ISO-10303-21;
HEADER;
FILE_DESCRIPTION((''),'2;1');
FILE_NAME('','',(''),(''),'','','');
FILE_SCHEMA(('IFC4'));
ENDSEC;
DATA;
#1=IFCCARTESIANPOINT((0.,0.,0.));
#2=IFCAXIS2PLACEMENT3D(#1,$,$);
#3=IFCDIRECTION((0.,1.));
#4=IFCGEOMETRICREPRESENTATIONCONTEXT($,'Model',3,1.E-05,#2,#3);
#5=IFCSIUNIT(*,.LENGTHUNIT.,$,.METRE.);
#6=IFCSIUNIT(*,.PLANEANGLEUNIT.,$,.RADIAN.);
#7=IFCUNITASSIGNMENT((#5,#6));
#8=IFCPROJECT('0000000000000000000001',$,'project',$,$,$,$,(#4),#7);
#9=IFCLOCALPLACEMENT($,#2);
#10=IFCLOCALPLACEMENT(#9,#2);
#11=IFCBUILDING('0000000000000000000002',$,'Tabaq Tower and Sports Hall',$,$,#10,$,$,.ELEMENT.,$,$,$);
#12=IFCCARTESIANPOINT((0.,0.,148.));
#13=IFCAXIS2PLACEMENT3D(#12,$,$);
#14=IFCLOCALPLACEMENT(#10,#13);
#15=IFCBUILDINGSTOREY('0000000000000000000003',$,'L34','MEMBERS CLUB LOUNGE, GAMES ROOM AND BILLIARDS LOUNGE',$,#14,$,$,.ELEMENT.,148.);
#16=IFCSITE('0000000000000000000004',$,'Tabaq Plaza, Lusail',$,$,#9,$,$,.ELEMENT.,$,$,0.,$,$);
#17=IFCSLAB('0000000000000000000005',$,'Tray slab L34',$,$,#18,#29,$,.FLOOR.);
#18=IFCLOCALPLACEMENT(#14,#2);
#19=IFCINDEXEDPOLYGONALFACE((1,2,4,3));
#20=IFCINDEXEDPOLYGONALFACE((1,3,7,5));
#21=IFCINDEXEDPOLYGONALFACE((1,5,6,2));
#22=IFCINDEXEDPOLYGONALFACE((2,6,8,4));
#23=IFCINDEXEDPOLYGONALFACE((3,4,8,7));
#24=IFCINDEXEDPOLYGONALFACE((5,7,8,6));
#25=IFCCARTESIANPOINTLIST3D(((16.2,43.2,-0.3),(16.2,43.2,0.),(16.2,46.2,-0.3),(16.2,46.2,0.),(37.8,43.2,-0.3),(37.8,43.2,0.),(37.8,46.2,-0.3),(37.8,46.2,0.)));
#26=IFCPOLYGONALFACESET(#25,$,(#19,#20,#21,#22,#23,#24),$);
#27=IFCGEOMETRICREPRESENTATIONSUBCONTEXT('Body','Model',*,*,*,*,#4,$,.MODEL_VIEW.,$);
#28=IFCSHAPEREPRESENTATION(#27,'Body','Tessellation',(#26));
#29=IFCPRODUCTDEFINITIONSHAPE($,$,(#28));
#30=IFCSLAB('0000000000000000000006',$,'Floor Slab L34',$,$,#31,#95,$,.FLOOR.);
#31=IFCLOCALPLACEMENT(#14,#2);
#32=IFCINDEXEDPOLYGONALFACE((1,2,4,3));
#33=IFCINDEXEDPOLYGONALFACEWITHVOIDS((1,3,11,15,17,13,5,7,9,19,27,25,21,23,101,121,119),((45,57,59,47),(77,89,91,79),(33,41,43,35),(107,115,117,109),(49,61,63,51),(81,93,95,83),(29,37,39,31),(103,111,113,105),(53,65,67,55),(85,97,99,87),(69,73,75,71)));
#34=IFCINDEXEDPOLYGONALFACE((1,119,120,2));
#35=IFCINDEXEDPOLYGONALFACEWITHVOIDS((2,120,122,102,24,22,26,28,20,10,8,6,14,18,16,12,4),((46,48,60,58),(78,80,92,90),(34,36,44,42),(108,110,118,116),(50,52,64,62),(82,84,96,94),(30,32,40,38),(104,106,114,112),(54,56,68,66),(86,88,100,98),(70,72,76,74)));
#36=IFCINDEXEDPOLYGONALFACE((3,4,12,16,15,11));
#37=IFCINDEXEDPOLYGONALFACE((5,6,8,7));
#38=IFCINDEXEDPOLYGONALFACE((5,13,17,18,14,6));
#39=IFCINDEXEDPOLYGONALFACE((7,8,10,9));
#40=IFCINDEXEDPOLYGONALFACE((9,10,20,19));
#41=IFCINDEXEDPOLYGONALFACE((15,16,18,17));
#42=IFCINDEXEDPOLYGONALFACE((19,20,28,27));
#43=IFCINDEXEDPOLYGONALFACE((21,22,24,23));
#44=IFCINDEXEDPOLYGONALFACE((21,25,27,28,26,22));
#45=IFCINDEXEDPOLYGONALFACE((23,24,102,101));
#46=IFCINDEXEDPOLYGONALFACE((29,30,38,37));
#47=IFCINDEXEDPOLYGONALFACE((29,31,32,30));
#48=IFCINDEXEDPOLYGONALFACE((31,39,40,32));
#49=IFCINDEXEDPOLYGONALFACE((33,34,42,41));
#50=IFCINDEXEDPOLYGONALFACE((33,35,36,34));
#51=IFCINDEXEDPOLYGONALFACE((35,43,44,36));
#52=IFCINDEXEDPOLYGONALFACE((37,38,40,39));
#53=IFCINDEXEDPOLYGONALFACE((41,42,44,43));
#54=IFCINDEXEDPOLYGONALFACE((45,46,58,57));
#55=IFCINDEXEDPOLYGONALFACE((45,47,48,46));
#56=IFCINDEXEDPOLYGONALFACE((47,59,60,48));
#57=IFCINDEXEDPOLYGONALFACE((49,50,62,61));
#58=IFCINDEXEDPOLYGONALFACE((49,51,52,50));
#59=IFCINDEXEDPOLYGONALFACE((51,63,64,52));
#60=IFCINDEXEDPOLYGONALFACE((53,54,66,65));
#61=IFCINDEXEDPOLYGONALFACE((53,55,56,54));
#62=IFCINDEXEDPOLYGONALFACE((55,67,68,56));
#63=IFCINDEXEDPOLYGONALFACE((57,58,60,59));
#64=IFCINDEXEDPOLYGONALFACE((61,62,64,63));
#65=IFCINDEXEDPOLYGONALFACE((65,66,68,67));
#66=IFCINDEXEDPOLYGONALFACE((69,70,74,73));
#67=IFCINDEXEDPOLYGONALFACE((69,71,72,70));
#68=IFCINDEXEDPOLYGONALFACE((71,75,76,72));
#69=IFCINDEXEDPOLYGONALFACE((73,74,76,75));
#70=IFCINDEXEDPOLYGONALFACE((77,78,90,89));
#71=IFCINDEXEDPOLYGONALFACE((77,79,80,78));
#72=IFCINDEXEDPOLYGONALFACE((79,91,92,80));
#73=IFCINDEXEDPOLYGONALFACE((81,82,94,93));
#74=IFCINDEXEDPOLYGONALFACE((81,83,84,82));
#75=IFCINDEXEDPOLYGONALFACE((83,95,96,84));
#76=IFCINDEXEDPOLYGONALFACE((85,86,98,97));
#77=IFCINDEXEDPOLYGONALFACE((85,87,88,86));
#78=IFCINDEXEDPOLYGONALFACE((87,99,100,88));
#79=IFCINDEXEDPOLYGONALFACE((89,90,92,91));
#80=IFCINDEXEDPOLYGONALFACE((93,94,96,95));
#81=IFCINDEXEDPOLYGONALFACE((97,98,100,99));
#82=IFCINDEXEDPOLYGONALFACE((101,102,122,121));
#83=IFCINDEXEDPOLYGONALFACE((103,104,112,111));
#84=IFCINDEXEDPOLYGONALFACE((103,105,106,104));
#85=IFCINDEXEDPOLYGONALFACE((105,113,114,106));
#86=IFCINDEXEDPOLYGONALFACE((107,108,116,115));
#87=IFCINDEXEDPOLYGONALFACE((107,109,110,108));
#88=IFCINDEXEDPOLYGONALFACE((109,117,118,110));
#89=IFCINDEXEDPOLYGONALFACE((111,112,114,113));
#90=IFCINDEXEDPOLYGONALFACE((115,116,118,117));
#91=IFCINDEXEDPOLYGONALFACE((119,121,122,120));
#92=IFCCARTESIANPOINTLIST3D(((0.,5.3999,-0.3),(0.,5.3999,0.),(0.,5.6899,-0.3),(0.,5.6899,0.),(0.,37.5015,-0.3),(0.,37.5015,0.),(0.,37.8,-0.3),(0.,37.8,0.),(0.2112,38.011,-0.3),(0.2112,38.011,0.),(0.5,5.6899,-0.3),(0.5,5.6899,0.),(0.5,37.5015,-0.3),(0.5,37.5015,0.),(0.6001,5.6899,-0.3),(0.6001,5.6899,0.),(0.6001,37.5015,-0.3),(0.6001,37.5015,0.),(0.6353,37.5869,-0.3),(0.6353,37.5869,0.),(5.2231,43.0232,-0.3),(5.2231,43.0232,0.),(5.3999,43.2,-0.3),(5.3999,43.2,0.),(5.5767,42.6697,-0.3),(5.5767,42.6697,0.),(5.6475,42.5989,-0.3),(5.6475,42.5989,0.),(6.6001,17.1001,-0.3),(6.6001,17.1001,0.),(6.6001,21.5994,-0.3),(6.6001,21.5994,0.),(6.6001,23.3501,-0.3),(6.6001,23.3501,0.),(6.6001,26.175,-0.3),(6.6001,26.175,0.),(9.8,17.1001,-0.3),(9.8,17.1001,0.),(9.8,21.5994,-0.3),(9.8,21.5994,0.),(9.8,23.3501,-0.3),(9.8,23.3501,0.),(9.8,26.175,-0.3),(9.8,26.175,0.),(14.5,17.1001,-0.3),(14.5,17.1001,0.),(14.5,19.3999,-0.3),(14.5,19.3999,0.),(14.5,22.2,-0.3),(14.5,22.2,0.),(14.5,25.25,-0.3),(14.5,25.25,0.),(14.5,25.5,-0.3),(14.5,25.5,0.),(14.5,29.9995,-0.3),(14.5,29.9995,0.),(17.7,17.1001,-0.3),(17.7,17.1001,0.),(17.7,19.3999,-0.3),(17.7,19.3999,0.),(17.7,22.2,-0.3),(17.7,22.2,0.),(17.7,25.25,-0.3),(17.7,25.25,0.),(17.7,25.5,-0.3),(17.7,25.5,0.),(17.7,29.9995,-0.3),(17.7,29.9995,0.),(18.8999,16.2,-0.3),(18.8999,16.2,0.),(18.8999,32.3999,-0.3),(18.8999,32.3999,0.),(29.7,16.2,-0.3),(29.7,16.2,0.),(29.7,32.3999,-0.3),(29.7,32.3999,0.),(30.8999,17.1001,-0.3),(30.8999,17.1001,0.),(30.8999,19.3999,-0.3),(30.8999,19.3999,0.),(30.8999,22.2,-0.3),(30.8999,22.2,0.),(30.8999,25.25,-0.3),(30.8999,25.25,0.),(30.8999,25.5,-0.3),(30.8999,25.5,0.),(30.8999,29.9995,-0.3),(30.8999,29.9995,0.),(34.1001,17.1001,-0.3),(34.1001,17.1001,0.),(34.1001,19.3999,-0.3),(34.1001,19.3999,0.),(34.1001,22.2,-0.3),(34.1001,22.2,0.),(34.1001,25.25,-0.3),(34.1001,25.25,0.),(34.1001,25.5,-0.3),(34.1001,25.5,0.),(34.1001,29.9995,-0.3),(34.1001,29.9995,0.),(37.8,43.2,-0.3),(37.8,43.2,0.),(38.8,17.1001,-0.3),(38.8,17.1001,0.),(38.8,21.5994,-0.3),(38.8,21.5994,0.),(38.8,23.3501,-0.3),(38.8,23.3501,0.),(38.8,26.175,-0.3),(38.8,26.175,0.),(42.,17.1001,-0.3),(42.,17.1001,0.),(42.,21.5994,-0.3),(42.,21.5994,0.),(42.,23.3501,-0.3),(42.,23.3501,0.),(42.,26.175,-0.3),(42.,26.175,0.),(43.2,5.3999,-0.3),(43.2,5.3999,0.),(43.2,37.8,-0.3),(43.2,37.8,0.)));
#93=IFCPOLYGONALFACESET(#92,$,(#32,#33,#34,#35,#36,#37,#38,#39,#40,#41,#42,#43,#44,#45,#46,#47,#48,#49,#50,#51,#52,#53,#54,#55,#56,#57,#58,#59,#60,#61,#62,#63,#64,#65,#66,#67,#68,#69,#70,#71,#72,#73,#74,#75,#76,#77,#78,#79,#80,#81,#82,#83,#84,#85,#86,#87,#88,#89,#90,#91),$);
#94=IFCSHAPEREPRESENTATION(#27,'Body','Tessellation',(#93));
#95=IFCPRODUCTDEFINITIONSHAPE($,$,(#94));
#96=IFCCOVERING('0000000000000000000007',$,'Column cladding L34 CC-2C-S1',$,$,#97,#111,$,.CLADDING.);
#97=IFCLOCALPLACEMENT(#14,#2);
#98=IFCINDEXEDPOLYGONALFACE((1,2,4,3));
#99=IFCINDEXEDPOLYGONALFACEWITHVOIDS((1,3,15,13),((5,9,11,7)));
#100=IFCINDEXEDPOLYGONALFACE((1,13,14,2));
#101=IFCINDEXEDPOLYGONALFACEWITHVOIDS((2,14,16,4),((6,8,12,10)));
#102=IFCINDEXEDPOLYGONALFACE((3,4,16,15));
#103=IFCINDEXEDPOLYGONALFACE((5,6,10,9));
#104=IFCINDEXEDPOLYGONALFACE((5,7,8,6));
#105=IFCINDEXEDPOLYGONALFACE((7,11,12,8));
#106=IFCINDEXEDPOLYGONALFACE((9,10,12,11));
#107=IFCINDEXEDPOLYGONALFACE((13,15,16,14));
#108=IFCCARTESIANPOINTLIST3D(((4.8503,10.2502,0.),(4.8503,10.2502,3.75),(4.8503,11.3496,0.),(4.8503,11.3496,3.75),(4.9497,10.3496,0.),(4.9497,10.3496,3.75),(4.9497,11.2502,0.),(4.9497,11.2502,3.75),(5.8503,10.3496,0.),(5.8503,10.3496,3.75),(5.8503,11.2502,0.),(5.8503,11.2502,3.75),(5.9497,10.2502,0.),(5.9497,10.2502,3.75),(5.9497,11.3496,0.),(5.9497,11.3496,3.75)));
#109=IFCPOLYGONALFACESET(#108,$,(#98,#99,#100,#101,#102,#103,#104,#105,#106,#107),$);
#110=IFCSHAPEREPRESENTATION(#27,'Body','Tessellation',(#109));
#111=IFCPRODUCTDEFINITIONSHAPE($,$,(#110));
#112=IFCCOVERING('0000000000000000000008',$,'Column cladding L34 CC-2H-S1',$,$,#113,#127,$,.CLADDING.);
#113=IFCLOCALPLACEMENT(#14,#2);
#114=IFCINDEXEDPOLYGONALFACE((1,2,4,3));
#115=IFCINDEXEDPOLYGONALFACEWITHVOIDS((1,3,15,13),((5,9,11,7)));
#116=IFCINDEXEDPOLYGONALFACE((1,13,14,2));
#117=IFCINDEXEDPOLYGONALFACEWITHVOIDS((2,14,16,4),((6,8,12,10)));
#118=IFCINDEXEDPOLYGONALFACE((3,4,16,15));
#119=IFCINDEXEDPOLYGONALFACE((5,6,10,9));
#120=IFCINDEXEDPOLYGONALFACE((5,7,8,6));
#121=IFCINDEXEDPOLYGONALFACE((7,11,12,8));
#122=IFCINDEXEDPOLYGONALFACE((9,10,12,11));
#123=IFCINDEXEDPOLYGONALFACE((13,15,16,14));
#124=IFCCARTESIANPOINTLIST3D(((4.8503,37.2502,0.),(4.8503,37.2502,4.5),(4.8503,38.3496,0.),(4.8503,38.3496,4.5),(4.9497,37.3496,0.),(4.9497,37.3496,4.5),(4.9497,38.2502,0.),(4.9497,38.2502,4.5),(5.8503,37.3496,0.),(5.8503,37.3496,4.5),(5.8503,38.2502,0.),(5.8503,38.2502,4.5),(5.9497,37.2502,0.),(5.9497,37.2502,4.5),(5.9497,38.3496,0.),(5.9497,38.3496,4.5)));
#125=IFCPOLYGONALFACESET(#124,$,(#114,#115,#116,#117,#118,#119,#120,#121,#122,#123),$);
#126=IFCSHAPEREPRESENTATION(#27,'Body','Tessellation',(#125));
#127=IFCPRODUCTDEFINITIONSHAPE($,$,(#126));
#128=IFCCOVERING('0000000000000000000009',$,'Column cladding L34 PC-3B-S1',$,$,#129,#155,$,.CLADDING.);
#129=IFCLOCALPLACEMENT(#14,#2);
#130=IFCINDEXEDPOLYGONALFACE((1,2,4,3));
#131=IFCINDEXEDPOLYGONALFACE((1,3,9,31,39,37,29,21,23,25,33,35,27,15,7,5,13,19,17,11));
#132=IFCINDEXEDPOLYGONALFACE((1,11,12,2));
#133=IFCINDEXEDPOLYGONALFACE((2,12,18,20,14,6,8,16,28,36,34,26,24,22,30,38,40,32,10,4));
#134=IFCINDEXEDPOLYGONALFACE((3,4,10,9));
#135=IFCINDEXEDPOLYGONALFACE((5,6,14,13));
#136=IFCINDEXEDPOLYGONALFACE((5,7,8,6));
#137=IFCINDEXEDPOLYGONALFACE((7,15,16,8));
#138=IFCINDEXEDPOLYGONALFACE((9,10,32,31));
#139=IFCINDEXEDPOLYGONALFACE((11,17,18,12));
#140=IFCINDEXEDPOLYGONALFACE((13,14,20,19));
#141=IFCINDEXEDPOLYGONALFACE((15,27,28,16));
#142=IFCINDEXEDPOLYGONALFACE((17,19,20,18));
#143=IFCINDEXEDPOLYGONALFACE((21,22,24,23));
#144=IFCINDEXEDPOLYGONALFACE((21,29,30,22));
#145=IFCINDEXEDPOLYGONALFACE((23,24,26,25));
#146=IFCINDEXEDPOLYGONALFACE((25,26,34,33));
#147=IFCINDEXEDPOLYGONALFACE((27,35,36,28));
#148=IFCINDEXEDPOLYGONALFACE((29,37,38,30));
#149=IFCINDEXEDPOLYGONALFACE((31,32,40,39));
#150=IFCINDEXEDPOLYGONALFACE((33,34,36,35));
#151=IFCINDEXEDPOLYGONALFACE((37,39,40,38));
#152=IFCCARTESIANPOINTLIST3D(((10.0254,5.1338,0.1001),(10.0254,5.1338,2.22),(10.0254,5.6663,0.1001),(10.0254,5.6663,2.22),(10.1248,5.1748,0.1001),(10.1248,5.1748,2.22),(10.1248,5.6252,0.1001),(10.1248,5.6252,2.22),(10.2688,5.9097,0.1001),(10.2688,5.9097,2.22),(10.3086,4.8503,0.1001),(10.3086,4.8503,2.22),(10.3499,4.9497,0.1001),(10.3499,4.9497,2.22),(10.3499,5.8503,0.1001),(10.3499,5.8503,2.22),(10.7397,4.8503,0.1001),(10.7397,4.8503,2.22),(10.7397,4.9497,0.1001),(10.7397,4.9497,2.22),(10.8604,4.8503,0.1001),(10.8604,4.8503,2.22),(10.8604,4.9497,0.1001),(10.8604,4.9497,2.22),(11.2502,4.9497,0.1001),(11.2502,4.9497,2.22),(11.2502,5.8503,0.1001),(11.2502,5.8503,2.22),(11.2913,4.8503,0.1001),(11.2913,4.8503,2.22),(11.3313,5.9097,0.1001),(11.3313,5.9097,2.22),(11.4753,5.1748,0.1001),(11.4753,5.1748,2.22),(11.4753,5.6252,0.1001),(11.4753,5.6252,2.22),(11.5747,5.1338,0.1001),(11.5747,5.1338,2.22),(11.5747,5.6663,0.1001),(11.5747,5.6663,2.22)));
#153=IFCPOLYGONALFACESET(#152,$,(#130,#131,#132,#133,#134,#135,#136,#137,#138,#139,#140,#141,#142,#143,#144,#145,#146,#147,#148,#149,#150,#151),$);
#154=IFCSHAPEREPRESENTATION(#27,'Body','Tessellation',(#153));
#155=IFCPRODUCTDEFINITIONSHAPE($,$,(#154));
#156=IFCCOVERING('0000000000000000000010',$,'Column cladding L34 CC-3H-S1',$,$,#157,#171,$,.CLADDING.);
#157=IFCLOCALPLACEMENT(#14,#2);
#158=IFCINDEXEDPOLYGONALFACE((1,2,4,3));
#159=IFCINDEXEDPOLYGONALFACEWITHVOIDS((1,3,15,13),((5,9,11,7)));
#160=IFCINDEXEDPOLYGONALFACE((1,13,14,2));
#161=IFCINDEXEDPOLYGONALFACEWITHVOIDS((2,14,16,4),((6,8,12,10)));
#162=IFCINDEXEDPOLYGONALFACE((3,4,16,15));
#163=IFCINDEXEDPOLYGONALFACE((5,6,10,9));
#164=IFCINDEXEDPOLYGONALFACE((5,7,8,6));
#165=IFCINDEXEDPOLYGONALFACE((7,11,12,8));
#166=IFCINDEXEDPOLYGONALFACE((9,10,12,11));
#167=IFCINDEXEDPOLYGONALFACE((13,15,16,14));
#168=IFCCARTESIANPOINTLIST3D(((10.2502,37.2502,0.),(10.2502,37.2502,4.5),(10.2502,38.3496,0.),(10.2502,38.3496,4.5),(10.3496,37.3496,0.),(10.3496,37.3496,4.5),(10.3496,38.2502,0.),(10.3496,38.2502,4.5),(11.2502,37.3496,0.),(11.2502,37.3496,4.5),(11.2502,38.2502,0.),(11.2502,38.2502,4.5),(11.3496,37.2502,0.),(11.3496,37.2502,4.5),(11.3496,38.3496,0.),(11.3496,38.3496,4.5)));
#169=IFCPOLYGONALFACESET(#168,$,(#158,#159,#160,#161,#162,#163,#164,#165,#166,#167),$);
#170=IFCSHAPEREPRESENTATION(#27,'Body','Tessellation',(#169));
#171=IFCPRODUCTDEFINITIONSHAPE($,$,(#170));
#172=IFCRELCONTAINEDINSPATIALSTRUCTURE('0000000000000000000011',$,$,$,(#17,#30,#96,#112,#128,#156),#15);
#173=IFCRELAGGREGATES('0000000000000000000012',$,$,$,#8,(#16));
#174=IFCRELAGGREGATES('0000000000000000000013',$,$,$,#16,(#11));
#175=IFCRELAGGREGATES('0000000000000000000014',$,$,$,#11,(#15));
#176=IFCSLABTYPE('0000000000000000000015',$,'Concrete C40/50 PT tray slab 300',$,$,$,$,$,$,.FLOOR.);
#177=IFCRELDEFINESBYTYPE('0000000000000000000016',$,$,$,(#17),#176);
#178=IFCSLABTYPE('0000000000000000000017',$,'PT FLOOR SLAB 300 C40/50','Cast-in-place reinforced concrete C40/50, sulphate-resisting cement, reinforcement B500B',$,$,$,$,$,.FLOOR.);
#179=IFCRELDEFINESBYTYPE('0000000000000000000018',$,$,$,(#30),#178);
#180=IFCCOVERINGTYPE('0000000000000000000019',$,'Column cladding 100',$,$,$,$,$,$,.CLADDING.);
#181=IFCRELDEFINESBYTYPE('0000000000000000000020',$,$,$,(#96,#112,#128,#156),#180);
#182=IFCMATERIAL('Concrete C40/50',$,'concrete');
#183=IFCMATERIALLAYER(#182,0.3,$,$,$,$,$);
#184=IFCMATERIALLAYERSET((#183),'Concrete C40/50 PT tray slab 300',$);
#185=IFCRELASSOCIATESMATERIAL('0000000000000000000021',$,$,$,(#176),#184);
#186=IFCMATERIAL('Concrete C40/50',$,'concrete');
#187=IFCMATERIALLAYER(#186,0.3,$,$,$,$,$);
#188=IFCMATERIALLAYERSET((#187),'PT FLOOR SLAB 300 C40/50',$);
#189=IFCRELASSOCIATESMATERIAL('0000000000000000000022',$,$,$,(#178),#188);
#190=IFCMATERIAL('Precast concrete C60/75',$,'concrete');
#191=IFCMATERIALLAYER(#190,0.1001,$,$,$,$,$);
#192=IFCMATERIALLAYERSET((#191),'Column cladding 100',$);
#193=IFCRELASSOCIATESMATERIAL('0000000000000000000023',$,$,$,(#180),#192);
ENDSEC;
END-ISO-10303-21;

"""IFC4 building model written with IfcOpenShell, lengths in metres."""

from ifc_helpers import new_model, si_unit, direction, frame, origin, place, context, subcontext, project, spatial, polyline, outline, extrude, material, layer, layer_set, type_object, element, save


model = new_model("IFC4")

# Units and contexts
model_context = context("Model", 3, precision=1e-05, world=origin(), true_north=direction((0.0, 1.0)))
body_context = subcontext(model_context, "Body", "Model", "MODEL_VIEW")
ifc_project = project(units=[si_unit("LENGTHUNIT", "METRE"), si_unit("PLANEANGLEUNIT", "RADIAN")], contexts=[model_context])

# Site, building, storey
site_placement = place(None, origin())
site = spatial("IfcSite", under=ifc_project, at=site_placement, Name="Tabaq Plaza, Lusail", CompositionType="ELEMENT", RefElevation=0.0)
building_placement = place(site_placement, origin())
building = spatial("IfcBuilding", under=site, at=building_placement, Name="Tabaq Tower and Sports Hall", CompositionType="ELEMENT")
storey_placement = place(building_placement, frame((0.0, 0.0, 148.0)))
storey = spatial("IfcBuildingStorey", under=building, at=storey_placement, Name="L34", Description="MEMBERS CLUB LOUNGE, GAMES ROOM AND BILLIARDS LOUNGE", CompositionType="ELEMENT", Elevation=148.0)

# Slabs
ifc_material_1 = material(Name="Concrete C40/50", Category="concrete")
ifc_layer_1 = layer(ifc_material_1, 0.3)
ifc_layer_set_1 = layer_set([ifc_layer_1], Name="Concrete C40/50 PT tray slab 300")
slab_type_1 = type_object("IfcSlabType", Name="Concrete C40/50 PT tray slab 300", PredefinedType="FLOOR", material=ifc_layer_set_1)
slab_1_placement = place(storey_placement, frame((0.0, 0.0, -0.3)))
element("IfcSlab", 1, at=slab_1_placement, inside=storey, type_object=slab_type_1, Name="Tray slab L34", PredefinedType="FLOOR", context=body_context, shape_type="SweptSolid", body=[
    extrude(outline(polyline([(37.8, 43.2), (16.2, 43.2), (16.2, 46.2), (37.8, 46.2), (37.8, 43.2)])), origin(), (0.0, 0.0, 1.0), 0.3),
])
ifc_material_2 = material(Name="Concrete C40/50", Category="concrete")
ifc_layer_2 = layer(ifc_material_2, 0.3)
ifc_layer_set_2 = layer_set([ifc_layer_2], Name="PT FLOOR SLAB 300 C40/50")
slab_type_2 = type_object("IfcSlabType", Name="PT FLOOR SLAB 300 C40/50", Description="Cast-in-place reinforced concrete C40/50, sulphate-resisting cement, reinforcement B500B", PredefinedType="FLOOR", material=ifc_layer_set_2)
slab_2_placement = place(storey_placement, frame((0.0, 0.0, -0.3)))
element("IfcSlab", 2, at=slab_2_placement, inside=storey, type_object=slab_type_2, Name="Floor Slab L34", PredefinedType="FLOOR", context=body_context, shape_type="SweptSolid", body=[
    extrude(outline(polyline([(37.8, 43.2), (5.3999, 43.2), (5.2231, 43.0232), (5.5767, 42.6697), (5.6475, 42.5989), (0.6353, 37.5869), (0.2112, 38.011), (0.0, 37.8), (0.0, 37.5015), (0.5, 37.5015), (0.6001, 37.5015), (0.6001, 5.6899), (0.5, 5.6899), (0.0, 5.6899), (0.0, 5.3999), (43.2, 5.3999), (43.2, 37.8), (37.8, 43.2)]), holes=[polyline([(14.5, 19.3999), (17.7, 19.3999), (17.7, 17.1001), (14.5, 17.1001), (14.5, 19.3999)]), polyline([(6.6001, 21.5994), (9.8, 21.5994), (9.8, 17.1001), (6.6001, 17.1001), (6.6001, 21.5994)]), polyline([(14.5, 25.25), (17.7, 25.25), (17.7, 22.2), (14.5, 22.2), (14.5, 25.25)]), polyline([(18.8999, 32.3999), (29.7, 32.3999), (29.7, 16.2), (18.8999, 16.2), (18.8999, 32.3999)]), polyline([(9.8, 26.175), (9.8, 23.3501), (6.6001, 23.3501), (6.6001, 26.175), (9.8, 26.175)]), polyline([(14.5, 29.9995), (17.7, 29.9995), (17.7, 25.5), (14.5, 25.5), (14.5, 29.9995)]), polyline([(34.1001, 19.3999), (34.1001, 17.1001), (30.8999, 17.1001), (30.8999, 19.3999), (34.1001, 19.3999)]), polyline([(42.0, 21.5994), (42.0, 17.1001), (38.8, 17.1001), (38.8, 21.5994), (42.0, 21.5994)]), polyline([(30.8999, 25.25), (34.1001, 25.25), (34.1001, 22.2), (30.8999, 22.2), (30.8999, 25.25)]), polyline([(42.0, 26.175), (42.0, 23.3501), (38.8, 23.3501), (38.8, 26.175), (42.0, 26.175)]), polyline([(34.1001, 29.9995), (34.1001, 25.5), (30.8999, 25.5), (30.8999, 29.9995), (34.1001, 29.9995)])]), origin(), (0.0, 0.0, 1.0), 0.3),
])

# Coverings
ifc_material_3 = material(Name="Precast concrete C60/75", Category="concrete")
ifc_layer_3 = layer(ifc_material_3, 0.1001)
ifc_layer_set_3 = layer_set([ifc_layer_3], Name="Column cladding 100")
covering_type = type_object("IfcCoveringType", Name="Column cladding 100", PredefinedType="CLADDING", material=ifc_layer_set_3)
covering_1_placement = place(storey_placement, origin())
element("IfcCovering", 3, at=covering_1_placement, inside=storey, type_object=covering_type, Name="Column cladding L34 CC-2C-S1", PredefinedType="CLADDING", context=body_context, shape_type="SweptSolid", body=[
    extrude(outline(polyline([(4.8503, 11.3496), (5.9497, 11.3496), (5.9497, 10.2502), (4.8503, 10.2502), (4.8503, 11.3496)]), holes=[polyline([(5.8503, 10.3496), (5.8503, 11.2502), (4.9497, 11.2502), (4.9497, 10.3496), (5.8503, 10.3496)])]), origin(), (0.0, 0.0, 1.0), 3.75),
])
covering_2_placement = place(storey_placement, origin())
element("IfcCovering", 4, at=covering_2_placement, inside=storey, type_object=covering_type, Name="Column cladding L34 CC-2H-S1", PredefinedType="CLADDING", context=body_context, shape_type="SweptSolid", body=[
    extrude(outline(polyline([(4.8503, 38.3496), (5.9497, 38.3496), (5.9497, 37.2502), (4.8503, 37.2502), (4.8503, 38.3496)]), holes=[polyline([(5.8503, 37.3496), (5.8503, 38.2502), (4.9497, 38.2502), (4.9497, 37.3496), (5.8503, 37.3496)])]), origin(), (0.0, 0.0, 1.0), 4.5),
])
covering_3_placement = place(storey_placement, frame((0.0, 0.0, 0.1001)))
element("IfcCovering", 5, at=covering_3_placement, inside=storey, type_object=covering_type, Name="Column cladding L34 PC-3B-S1", PredefinedType="CLADDING", context=body_context, shape_type="SweptSolid", body=[
    extrude(outline(polyline([(10.0254, 5.6663), (10.2688, 5.9097), (11.3313, 5.9097), (11.5747, 5.6663), (11.5747, 5.1338), (11.2913, 4.8503), (10.8604, 4.8503), (10.8604, 4.9497), (11.2502, 4.9497), (11.4753, 5.1748), (11.4753, 5.6252), (11.2502, 5.8503), (10.3499, 5.8503), (10.1248, 5.6252), (10.1248, 5.1748), (10.3499, 4.9497), (10.7397, 4.9497), (10.7397, 4.8503), (10.3086, 4.8503), (10.0254, 5.1338), (10.0254, 5.6663)])), origin(), (0.0, 0.0, 1.0), 2.1199),
])
covering_4_placement = place(storey_placement, origin())
element("IfcCovering", 6, at=covering_4_placement, inside=storey, type_object=covering_type, Name="Column cladding L34 CC-3H-S1", PredefinedType="CLADDING", context=body_context, shape_type="SweptSolid", body=[
    extrude(outline(polyline([(10.2502, 38.3496), (11.3496, 38.3496), (11.3496, 37.2502), (10.2502, 37.2502), (10.2502, 38.3496)]), holes=[polyline([(11.2502, 37.3496), (11.2502, 38.2502), (10.3496, 38.2502), (10.3496, 37.3496), (11.2502, 37.3496)])]), origin(), (0.0, 0.0, 1.0), 4.5),
])

save(model, "model.ifc")
